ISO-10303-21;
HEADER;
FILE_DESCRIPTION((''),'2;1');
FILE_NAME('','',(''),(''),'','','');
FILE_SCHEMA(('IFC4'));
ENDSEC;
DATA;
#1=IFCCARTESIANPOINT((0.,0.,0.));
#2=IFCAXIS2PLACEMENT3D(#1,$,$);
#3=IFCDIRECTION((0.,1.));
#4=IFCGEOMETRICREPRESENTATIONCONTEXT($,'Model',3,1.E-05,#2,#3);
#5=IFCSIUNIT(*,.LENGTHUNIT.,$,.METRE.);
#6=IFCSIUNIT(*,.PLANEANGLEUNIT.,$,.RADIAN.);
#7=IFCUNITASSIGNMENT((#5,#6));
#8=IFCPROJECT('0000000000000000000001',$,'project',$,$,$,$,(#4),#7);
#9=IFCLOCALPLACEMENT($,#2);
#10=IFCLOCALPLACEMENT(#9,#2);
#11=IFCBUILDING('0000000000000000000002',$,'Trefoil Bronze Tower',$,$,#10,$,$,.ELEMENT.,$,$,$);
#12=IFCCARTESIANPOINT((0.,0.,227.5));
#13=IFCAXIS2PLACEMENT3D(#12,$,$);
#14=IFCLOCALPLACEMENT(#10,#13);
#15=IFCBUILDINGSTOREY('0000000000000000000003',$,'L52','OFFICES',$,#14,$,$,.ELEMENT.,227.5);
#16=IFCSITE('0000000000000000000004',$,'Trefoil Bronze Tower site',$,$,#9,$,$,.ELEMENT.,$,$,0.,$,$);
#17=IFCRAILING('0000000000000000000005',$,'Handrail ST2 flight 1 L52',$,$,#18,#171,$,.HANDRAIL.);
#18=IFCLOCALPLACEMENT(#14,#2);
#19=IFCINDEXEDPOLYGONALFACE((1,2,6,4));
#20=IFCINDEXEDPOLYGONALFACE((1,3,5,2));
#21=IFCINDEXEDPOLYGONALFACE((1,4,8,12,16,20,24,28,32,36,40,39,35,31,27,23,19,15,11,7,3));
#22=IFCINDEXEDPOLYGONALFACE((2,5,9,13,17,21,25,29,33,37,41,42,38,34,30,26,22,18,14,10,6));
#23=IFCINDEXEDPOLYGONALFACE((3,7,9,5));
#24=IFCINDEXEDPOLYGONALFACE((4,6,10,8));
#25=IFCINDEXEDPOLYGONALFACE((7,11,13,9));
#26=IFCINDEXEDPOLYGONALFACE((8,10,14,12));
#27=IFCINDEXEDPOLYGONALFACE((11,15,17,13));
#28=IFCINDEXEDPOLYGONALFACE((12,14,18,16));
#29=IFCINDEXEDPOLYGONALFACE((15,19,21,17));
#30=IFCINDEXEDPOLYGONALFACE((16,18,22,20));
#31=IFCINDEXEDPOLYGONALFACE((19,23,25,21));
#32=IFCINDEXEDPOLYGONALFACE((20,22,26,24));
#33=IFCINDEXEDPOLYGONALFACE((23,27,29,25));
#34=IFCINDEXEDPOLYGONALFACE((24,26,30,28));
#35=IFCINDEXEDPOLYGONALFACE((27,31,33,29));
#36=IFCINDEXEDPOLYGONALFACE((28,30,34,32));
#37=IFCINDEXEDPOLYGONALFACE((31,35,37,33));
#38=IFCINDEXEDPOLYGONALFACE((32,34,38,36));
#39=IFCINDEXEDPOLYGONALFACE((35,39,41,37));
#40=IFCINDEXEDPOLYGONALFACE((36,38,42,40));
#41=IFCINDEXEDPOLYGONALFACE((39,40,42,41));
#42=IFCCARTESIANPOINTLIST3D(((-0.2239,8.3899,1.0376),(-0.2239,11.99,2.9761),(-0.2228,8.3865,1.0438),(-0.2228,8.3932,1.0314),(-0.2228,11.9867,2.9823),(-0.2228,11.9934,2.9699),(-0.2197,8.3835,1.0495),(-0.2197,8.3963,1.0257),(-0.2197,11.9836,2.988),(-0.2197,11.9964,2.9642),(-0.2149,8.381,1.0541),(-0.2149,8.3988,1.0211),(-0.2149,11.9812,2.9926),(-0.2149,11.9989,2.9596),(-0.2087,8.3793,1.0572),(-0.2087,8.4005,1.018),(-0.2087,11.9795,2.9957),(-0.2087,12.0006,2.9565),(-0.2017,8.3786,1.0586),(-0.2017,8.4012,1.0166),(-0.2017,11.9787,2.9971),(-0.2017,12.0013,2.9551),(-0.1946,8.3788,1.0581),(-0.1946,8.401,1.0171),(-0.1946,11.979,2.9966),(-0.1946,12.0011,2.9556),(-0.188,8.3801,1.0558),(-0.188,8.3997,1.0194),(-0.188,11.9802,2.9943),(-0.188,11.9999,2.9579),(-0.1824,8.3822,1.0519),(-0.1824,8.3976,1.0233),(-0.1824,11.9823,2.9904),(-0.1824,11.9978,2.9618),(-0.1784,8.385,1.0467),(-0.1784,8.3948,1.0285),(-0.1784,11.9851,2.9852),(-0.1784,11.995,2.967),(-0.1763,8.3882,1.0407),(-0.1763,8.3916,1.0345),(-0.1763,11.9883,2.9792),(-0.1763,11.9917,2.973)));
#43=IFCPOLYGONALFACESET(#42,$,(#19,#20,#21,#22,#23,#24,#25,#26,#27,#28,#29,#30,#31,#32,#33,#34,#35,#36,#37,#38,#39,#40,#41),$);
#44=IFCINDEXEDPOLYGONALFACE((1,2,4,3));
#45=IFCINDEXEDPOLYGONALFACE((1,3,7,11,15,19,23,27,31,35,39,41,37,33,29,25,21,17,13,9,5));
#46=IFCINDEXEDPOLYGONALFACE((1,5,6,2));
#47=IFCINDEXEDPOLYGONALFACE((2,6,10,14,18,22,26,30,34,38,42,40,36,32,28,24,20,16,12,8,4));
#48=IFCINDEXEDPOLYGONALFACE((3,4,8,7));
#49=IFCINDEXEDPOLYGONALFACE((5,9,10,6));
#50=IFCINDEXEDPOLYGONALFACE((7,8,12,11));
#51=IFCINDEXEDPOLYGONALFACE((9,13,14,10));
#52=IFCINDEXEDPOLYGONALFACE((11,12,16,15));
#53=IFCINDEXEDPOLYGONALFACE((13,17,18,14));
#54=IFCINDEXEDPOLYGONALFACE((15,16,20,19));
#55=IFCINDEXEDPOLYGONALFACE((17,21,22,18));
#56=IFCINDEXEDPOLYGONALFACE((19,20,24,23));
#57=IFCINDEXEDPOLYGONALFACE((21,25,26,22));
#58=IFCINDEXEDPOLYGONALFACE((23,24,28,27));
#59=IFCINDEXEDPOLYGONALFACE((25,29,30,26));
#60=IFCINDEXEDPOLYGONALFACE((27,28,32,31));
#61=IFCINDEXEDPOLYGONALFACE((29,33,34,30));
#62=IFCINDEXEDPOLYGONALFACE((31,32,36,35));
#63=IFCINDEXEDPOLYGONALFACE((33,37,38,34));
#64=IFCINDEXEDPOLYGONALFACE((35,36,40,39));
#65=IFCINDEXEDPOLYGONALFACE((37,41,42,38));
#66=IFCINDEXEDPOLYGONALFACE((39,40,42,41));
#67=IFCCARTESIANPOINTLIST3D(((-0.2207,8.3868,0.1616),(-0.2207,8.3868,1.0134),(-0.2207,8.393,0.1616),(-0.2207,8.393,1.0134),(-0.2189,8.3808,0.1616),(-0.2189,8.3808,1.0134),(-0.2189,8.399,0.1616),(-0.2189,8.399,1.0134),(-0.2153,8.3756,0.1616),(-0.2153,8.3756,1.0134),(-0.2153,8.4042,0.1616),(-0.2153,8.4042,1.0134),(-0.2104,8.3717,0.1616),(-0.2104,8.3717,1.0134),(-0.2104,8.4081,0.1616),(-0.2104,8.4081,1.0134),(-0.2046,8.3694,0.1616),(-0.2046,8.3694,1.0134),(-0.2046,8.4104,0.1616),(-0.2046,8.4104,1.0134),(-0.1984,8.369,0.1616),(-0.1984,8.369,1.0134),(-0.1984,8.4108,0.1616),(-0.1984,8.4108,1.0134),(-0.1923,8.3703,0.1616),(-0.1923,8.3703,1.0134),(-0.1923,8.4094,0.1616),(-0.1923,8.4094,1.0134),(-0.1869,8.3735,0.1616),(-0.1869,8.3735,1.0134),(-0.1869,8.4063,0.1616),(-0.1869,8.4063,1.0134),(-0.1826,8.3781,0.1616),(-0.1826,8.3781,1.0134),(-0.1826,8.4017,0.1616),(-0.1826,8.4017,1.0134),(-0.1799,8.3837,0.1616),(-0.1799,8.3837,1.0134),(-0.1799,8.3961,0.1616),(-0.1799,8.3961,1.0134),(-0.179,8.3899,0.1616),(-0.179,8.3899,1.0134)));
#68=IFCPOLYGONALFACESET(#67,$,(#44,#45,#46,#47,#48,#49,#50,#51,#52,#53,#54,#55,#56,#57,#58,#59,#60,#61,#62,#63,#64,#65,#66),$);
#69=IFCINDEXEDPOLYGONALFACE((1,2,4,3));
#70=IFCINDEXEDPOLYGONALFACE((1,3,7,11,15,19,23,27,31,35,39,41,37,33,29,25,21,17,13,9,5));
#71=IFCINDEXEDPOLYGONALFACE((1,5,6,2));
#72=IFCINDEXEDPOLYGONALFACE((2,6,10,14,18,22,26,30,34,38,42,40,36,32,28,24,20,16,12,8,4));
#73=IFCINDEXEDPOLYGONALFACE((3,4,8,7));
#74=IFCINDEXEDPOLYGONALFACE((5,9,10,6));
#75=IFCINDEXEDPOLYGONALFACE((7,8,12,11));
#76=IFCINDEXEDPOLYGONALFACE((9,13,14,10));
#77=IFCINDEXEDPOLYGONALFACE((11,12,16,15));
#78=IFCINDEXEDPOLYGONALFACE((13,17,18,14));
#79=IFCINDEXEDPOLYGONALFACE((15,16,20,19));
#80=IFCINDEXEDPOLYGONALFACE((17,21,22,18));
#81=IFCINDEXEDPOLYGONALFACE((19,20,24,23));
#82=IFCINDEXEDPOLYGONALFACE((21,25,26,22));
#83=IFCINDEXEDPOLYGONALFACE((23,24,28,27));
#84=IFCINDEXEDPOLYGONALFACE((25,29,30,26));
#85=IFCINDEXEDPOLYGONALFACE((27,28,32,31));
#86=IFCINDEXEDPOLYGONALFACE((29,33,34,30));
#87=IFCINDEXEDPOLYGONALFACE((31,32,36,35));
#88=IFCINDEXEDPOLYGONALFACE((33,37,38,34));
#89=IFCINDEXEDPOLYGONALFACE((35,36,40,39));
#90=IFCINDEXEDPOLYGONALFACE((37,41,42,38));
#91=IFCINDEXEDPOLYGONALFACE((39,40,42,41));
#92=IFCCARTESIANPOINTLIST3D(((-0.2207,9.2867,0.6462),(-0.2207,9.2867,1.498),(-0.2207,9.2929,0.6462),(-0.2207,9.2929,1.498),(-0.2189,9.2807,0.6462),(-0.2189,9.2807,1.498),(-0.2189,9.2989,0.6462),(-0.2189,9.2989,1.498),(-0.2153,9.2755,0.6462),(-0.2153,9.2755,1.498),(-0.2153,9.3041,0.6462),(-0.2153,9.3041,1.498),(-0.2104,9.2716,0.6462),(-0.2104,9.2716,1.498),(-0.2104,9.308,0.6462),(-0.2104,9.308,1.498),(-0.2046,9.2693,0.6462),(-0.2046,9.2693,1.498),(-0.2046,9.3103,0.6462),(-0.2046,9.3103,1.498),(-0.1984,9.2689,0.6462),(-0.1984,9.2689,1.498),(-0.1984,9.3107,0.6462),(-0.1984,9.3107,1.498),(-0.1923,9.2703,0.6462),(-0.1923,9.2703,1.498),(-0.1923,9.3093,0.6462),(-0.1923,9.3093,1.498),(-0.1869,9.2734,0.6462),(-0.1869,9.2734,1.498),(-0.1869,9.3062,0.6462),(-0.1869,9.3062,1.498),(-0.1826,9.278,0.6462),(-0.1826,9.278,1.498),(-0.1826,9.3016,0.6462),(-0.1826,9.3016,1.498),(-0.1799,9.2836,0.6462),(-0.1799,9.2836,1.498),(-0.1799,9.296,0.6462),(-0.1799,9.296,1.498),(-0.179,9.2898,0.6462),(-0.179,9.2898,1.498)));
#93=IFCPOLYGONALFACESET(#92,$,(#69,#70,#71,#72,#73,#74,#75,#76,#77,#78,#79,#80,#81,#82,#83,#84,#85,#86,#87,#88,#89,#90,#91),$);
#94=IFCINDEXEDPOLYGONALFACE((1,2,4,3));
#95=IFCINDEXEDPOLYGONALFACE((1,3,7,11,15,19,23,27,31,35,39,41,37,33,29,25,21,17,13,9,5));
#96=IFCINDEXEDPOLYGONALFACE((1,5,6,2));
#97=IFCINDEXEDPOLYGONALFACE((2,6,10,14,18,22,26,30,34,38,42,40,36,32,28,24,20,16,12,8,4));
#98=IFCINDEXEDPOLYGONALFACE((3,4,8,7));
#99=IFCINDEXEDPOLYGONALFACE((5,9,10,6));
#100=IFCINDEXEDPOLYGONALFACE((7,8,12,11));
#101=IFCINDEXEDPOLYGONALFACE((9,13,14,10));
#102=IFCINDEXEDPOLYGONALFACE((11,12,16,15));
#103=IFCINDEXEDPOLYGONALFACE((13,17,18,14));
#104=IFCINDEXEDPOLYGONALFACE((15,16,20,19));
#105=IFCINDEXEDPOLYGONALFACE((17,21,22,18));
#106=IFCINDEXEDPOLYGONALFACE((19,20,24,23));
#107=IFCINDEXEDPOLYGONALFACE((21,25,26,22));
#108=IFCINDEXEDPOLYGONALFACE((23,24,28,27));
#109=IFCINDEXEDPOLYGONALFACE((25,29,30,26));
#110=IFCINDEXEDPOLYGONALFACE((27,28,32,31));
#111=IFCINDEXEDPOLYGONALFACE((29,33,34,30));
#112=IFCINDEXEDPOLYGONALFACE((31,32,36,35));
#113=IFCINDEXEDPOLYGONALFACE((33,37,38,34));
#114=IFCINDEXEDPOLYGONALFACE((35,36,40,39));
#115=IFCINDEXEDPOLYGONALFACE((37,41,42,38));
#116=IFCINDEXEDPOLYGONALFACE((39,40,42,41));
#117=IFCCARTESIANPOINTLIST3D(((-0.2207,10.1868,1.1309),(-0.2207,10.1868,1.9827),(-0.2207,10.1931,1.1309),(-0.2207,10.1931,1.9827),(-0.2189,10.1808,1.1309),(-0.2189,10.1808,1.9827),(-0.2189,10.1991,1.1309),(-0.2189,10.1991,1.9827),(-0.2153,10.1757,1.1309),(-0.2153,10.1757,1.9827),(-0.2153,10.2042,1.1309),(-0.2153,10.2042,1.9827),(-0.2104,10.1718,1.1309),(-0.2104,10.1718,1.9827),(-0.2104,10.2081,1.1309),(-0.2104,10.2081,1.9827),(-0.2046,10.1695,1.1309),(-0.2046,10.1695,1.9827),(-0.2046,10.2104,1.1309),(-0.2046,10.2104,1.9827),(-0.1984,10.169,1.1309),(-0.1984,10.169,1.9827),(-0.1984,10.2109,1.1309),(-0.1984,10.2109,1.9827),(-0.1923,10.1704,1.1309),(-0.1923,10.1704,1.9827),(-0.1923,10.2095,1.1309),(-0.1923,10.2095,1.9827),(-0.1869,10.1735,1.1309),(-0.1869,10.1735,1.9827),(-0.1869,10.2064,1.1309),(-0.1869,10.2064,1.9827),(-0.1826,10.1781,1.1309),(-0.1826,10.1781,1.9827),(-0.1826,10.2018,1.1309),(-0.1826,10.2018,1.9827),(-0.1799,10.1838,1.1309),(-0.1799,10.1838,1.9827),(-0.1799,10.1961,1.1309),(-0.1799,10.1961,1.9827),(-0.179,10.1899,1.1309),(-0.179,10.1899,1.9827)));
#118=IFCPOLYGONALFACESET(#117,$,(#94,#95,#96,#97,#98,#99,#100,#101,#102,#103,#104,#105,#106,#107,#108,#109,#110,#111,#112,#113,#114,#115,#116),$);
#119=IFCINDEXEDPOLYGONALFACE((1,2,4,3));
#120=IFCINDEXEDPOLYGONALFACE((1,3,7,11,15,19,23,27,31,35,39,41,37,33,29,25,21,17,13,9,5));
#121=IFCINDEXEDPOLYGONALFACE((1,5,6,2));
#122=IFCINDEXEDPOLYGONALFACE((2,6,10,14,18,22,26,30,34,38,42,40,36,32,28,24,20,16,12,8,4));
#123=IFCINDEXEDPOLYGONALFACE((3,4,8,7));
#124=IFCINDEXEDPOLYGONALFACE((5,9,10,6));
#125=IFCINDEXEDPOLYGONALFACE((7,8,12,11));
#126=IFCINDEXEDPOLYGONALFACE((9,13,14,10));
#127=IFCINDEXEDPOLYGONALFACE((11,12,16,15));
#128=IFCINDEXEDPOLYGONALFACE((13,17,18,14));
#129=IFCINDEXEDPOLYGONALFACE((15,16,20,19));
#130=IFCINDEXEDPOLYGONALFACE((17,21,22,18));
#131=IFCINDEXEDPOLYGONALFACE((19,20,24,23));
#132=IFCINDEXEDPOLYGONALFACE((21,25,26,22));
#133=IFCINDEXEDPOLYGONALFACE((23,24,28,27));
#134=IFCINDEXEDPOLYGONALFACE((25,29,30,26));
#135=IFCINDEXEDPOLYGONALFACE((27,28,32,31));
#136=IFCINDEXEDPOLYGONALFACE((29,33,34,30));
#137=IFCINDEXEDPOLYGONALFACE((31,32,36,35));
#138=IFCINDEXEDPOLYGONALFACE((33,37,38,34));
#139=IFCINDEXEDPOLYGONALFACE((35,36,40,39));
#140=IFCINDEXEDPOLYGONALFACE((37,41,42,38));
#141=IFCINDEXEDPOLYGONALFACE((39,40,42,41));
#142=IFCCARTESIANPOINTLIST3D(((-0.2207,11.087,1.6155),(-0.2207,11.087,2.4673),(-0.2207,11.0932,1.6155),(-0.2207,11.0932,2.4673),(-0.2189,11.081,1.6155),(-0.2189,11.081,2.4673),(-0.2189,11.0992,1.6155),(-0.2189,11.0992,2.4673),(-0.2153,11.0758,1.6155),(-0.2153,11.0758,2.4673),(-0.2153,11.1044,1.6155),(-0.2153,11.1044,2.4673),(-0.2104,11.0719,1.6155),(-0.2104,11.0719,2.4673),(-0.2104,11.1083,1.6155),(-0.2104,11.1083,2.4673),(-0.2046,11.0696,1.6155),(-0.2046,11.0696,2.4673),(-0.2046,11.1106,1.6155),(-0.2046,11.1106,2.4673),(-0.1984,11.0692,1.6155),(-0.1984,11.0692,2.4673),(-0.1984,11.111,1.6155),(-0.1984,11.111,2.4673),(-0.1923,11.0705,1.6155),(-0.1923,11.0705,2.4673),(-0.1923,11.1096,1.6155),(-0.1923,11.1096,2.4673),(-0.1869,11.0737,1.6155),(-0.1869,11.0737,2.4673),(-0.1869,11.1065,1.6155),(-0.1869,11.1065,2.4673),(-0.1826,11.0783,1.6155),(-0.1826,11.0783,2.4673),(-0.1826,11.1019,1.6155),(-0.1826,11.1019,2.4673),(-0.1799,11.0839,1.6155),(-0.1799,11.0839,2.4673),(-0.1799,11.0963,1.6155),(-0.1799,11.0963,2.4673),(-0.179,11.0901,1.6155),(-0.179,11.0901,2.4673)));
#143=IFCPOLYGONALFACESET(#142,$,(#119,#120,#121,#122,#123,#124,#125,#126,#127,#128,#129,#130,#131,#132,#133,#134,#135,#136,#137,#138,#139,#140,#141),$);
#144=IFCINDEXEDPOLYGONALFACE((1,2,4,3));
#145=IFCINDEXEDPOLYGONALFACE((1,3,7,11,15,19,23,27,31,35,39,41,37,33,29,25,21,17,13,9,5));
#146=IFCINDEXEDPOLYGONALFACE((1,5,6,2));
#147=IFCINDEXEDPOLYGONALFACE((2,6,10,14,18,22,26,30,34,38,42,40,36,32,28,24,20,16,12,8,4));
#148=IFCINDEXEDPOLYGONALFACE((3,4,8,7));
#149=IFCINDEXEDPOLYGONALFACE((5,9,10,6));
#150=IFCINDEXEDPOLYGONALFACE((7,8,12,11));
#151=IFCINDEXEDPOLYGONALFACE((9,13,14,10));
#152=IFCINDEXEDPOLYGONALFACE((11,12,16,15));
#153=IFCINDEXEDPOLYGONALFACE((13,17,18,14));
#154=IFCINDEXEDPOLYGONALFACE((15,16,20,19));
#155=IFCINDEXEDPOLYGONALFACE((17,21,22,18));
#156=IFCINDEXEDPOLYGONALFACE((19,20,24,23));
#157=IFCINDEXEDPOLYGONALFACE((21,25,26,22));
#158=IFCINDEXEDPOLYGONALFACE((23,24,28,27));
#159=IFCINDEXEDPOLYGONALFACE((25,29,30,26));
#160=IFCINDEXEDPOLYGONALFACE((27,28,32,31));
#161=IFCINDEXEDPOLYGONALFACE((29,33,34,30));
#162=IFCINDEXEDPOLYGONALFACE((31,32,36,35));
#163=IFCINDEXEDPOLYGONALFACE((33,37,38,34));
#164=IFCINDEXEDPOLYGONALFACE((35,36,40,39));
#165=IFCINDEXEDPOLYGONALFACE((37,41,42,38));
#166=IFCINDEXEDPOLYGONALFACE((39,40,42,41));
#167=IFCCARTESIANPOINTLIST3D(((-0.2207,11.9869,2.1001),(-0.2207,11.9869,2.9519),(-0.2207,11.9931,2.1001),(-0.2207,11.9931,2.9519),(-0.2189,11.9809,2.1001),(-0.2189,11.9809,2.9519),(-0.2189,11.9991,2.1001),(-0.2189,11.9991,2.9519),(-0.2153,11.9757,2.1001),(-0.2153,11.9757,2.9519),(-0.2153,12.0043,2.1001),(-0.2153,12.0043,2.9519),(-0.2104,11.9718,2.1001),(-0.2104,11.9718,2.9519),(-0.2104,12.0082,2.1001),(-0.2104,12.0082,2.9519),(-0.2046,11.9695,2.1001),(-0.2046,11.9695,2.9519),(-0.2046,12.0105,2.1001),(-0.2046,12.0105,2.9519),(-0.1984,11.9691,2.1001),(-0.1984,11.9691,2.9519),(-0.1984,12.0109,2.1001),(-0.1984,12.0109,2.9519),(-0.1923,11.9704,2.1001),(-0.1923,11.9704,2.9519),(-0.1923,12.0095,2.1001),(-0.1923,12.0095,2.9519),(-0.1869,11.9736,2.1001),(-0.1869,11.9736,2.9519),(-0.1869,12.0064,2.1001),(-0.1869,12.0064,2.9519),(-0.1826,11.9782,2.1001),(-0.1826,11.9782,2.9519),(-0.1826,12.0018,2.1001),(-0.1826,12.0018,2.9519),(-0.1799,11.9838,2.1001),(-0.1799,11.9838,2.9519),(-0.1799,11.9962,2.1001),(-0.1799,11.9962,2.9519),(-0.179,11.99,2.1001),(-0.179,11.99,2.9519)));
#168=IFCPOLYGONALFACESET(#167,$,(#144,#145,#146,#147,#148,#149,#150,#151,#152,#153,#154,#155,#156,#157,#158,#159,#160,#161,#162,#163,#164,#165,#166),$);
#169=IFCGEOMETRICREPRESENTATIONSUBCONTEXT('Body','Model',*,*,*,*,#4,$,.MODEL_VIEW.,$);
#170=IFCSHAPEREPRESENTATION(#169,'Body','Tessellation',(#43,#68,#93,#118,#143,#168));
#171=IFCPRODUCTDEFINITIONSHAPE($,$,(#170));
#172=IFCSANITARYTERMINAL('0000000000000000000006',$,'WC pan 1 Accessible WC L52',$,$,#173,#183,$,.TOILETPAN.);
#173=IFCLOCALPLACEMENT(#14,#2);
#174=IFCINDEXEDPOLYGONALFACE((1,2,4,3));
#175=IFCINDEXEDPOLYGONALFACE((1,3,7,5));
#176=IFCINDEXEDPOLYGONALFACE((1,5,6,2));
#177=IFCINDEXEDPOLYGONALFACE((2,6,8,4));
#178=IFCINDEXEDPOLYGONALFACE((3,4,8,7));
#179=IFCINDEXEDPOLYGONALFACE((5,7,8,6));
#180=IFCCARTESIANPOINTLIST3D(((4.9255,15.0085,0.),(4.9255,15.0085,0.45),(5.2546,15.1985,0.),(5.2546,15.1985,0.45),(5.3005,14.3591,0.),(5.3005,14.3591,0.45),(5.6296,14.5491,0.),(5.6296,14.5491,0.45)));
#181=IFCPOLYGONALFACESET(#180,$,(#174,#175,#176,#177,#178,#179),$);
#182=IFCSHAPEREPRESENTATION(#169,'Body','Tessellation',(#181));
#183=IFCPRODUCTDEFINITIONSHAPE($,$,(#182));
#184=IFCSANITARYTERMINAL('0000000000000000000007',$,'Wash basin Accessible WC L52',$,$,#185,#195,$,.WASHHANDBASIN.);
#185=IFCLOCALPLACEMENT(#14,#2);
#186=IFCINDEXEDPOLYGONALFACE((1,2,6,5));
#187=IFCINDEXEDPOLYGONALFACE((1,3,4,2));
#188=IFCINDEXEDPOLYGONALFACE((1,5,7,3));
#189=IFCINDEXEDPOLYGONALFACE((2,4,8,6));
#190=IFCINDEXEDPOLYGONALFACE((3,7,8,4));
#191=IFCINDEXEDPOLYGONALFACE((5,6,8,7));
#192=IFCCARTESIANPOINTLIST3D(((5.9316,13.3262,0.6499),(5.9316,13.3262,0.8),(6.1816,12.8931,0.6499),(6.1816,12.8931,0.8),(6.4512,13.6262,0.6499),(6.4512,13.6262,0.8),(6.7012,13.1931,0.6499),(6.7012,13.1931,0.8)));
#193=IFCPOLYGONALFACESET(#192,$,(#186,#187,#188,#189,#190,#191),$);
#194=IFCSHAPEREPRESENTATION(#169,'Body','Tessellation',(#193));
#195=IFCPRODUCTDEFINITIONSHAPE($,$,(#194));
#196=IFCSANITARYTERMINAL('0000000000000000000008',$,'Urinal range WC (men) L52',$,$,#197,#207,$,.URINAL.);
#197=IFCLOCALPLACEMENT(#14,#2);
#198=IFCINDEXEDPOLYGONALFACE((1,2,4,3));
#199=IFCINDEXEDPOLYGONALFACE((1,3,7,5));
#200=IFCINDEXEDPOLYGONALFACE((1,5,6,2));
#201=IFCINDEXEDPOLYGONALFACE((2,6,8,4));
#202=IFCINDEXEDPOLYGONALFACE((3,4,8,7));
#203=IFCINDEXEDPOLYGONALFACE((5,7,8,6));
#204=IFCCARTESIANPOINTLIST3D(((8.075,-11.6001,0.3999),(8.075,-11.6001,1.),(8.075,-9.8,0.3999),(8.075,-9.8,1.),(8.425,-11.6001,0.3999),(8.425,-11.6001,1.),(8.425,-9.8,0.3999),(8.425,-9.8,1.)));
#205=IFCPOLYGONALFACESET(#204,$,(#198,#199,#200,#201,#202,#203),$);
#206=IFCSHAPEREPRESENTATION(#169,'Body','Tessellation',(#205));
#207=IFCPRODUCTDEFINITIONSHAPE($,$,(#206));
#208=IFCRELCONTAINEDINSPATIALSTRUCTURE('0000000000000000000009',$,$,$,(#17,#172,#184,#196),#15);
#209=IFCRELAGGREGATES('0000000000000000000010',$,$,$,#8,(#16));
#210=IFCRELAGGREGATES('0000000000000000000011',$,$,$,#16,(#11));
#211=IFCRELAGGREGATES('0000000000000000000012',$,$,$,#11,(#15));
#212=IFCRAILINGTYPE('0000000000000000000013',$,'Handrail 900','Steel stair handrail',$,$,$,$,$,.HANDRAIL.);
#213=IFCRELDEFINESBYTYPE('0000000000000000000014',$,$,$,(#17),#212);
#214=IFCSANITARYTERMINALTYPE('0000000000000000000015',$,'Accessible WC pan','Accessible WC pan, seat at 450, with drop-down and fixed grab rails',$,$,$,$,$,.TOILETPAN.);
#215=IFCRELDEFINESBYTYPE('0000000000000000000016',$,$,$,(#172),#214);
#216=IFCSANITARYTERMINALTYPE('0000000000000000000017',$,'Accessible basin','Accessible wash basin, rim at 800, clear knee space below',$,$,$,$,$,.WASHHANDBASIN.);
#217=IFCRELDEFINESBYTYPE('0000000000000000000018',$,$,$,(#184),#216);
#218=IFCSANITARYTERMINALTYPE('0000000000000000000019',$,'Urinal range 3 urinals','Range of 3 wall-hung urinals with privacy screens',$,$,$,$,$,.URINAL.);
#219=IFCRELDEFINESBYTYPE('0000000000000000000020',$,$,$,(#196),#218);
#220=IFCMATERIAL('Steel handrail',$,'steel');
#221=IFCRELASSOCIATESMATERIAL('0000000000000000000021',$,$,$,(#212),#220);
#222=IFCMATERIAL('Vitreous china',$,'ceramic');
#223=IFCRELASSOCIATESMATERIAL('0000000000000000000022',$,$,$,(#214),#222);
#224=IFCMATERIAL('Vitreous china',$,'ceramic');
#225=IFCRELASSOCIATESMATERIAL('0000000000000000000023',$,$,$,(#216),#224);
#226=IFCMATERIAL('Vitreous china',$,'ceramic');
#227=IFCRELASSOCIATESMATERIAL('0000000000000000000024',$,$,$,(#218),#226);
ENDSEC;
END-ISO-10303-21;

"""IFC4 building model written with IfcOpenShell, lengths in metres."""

from ifc_helpers import new_model, si_unit, direction, frame, origin, origin_2d, place, context, subcontext, project, spatial, polyline, circle, outline, extrude, material, type_object, element, save


model = new_model("IFC4")

# Units and contexts
model_context = context("Model", 3, precision=1e-05, world=origin(), true_north=direction((0.0, 1.0)))
body_context = subcontext(model_context, "Body", "Model", "MODEL_VIEW")
ifc_project = project(units=[si_unit("LENGTHUNIT", "METRE"), si_unit("PLANEANGLEUNIT", "RADIAN")], contexts=[model_context])

# Site, building, storey
site_placement = place(None, origin())
site = spatial("IfcSite", under=ifc_project, at=site_placement, Name="Trefoil Bronze Tower site", CompositionType="ELEMENT", RefElevation=0.0)
building_placement = place(site_placement, origin())
building = spatial("IfcBuilding", under=site, at=building_placement, Name="Trefoil Bronze Tower", CompositionType="ELEMENT")
storey_placement = place(building_placement, frame((0.0, 0.0, 227.5)))
storey = spatial("IfcBuildingStorey", under=building, at=storey_placement, Name="L52", Description="OFFICES", CompositionType="ELEMENT", Elevation=227.5)

# Railing
ifc_material_1 = material(Name="Steel handrail", Category="steel")
railing_type = type_object("IfcRailingType", Name="Handrail 900", Description="Steel stair handrail", PredefinedType="HANDRAIL", material=ifc_material_1)
railing_placement = place(storey_placement, frame((-0.2, 8.3899, 0.1616)))
element("IfcRailing", 1, at=railing_placement, inside=storey, type_object=railing_type, Name="Handrail ST2 flight 1 L52", PredefinedType="HANDRAIL", context=body_context, shape_type="SweptSolid", body=[
    extrude(circle(Radius=0.0239, at=origin_2d()), frame((0.0, 0.0, 0.876), z_axis=(0.0, 0.880475, 0.474093), x_axis=(-1.0, 0.0, 0.0)), (0.0, 0.0, 1.0), 4.0889),
    extrude(circle(Radius=0.021, at=origin_2d()), origin(), (0.0, 0.0, 1.0), 0.8518),
    extrude(circle(Radius=0.021, at=origin_2d()), frame((0.0, 0.8999, 0.4846)), (0.0, 0.0, 1.0), 0.8518),
    extrude(circle(Radius=0.021, at=origin_2d()), frame((0.0, 1.8, 0.9692)), (0.0, 0.0, 1.0), 0.8518),
    extrude(circle(Radius=0.021, at=origin_2d()), frame((0.0, 2.7002, 1.4539)), (0.0, 0.0, 1.0), 0.8518),
    extrude(circle(Radius=0.021, at=origin_2d()), frame((0.0, 3.6001, 1.9385)), (0.0, 0.0, 1.0), 0.8518),
])

# Sanitary terminals
ifc_material_2 = material(Name="Vitreous china", Category="ceramic")
sanitary_terminal_type_1 = type_object("IfcSanitaryTerminalType", Name="Accessible WC pan", Description="Accessible WC pan, seat at 450, with drop-down and fixed grab rails", PredefinedType="TOILETPAN", material=ifc_material_2)
sanitary_terminal_1_placement = place(storey_placement, origin())
element("IfcSanitaryTerminal", 2, at=sanitary_terminal_1_placement, inside=storey, type_object=sanitary_terminal_type_1, Name="WC pan 1 Accessible WC L52", PredefinedType="TOILETPAN", context=body_context, shape_type="SweptSolid", body=[
    extrude(outline(polyline([(5.3005, 14.3591), (4.9255, 15.0085), (5.2546, 15.1985), (5.6296, 14.5491), (5.3005, 14.3591)])), origin(), (0.0, 0.0, 1.0), 0.45),
])
ifc_material_3 = material(Name="Vitreous china", Category="ceramic")
sanitary_terminal_type_2 = type_object("IfcSanitaryTerminalType", Name="Accessible basin", Description="Accessible wash basin, rim at 800, clear knee space below", PredefinedType="WASHHANDBASIN", material=ifc_material_3)
sanitary_terminal_2_placement = place(storey_placement, frame((0.0, 0.0, 0.6499)))
element("IfcSanitaryTerminal", 3, at=sanitary_terminal_2_placement, inside=storey, type_object=sanitary_terminal_type_2, Name="Wash basin Accessible WC L52", PredefinedType="WASHHANDBASIN", context=body_context, shape_type="SweptSolid", body=[
    extrude(outline(polyline([(6.1816, 12.8931), (5.9316, 13.3262), (6.4512, 13.6262), (6.7012, 13.1931), (6.1816, 12.8931)])), origin(), (0.0, 0.0, 1.0), 0.1501),
])
ifc_material_4 = material(Name="Vitreous china", Category="ceramic")
sanitary_terminal_type_3 = type_object("IfcSanitaryTerminalType", Name="Urinal range 3 urinals", Description="Range of 3 wall-hung urinals with privacy screens", PredefinedType="URINAL", material=ifc_material_4)
sanitary_terminal_3_placement = place(storey_placement, frame((0.0, 0.0, 0.3999)))
element("IfcSanitaryTerminal", 4, at=sanitary_terminal_3_placement, inside=storey, type_object=sanitary_terminal_type_3, Name="Urinal range WC (men) L52", PredefinedType="URINAL", context=body_context, shape_type="SweptSolid", body=[
    extrude(outline(polyline([(8.075, -9.8), (8.425, -9.8), (8.425, -11.6001), (8.075, -11.6001), (8.075, -9.8)])), origin(), (0.0, 0.0, 1.0), 0.6001),
])

save(model, "model.ifc")
